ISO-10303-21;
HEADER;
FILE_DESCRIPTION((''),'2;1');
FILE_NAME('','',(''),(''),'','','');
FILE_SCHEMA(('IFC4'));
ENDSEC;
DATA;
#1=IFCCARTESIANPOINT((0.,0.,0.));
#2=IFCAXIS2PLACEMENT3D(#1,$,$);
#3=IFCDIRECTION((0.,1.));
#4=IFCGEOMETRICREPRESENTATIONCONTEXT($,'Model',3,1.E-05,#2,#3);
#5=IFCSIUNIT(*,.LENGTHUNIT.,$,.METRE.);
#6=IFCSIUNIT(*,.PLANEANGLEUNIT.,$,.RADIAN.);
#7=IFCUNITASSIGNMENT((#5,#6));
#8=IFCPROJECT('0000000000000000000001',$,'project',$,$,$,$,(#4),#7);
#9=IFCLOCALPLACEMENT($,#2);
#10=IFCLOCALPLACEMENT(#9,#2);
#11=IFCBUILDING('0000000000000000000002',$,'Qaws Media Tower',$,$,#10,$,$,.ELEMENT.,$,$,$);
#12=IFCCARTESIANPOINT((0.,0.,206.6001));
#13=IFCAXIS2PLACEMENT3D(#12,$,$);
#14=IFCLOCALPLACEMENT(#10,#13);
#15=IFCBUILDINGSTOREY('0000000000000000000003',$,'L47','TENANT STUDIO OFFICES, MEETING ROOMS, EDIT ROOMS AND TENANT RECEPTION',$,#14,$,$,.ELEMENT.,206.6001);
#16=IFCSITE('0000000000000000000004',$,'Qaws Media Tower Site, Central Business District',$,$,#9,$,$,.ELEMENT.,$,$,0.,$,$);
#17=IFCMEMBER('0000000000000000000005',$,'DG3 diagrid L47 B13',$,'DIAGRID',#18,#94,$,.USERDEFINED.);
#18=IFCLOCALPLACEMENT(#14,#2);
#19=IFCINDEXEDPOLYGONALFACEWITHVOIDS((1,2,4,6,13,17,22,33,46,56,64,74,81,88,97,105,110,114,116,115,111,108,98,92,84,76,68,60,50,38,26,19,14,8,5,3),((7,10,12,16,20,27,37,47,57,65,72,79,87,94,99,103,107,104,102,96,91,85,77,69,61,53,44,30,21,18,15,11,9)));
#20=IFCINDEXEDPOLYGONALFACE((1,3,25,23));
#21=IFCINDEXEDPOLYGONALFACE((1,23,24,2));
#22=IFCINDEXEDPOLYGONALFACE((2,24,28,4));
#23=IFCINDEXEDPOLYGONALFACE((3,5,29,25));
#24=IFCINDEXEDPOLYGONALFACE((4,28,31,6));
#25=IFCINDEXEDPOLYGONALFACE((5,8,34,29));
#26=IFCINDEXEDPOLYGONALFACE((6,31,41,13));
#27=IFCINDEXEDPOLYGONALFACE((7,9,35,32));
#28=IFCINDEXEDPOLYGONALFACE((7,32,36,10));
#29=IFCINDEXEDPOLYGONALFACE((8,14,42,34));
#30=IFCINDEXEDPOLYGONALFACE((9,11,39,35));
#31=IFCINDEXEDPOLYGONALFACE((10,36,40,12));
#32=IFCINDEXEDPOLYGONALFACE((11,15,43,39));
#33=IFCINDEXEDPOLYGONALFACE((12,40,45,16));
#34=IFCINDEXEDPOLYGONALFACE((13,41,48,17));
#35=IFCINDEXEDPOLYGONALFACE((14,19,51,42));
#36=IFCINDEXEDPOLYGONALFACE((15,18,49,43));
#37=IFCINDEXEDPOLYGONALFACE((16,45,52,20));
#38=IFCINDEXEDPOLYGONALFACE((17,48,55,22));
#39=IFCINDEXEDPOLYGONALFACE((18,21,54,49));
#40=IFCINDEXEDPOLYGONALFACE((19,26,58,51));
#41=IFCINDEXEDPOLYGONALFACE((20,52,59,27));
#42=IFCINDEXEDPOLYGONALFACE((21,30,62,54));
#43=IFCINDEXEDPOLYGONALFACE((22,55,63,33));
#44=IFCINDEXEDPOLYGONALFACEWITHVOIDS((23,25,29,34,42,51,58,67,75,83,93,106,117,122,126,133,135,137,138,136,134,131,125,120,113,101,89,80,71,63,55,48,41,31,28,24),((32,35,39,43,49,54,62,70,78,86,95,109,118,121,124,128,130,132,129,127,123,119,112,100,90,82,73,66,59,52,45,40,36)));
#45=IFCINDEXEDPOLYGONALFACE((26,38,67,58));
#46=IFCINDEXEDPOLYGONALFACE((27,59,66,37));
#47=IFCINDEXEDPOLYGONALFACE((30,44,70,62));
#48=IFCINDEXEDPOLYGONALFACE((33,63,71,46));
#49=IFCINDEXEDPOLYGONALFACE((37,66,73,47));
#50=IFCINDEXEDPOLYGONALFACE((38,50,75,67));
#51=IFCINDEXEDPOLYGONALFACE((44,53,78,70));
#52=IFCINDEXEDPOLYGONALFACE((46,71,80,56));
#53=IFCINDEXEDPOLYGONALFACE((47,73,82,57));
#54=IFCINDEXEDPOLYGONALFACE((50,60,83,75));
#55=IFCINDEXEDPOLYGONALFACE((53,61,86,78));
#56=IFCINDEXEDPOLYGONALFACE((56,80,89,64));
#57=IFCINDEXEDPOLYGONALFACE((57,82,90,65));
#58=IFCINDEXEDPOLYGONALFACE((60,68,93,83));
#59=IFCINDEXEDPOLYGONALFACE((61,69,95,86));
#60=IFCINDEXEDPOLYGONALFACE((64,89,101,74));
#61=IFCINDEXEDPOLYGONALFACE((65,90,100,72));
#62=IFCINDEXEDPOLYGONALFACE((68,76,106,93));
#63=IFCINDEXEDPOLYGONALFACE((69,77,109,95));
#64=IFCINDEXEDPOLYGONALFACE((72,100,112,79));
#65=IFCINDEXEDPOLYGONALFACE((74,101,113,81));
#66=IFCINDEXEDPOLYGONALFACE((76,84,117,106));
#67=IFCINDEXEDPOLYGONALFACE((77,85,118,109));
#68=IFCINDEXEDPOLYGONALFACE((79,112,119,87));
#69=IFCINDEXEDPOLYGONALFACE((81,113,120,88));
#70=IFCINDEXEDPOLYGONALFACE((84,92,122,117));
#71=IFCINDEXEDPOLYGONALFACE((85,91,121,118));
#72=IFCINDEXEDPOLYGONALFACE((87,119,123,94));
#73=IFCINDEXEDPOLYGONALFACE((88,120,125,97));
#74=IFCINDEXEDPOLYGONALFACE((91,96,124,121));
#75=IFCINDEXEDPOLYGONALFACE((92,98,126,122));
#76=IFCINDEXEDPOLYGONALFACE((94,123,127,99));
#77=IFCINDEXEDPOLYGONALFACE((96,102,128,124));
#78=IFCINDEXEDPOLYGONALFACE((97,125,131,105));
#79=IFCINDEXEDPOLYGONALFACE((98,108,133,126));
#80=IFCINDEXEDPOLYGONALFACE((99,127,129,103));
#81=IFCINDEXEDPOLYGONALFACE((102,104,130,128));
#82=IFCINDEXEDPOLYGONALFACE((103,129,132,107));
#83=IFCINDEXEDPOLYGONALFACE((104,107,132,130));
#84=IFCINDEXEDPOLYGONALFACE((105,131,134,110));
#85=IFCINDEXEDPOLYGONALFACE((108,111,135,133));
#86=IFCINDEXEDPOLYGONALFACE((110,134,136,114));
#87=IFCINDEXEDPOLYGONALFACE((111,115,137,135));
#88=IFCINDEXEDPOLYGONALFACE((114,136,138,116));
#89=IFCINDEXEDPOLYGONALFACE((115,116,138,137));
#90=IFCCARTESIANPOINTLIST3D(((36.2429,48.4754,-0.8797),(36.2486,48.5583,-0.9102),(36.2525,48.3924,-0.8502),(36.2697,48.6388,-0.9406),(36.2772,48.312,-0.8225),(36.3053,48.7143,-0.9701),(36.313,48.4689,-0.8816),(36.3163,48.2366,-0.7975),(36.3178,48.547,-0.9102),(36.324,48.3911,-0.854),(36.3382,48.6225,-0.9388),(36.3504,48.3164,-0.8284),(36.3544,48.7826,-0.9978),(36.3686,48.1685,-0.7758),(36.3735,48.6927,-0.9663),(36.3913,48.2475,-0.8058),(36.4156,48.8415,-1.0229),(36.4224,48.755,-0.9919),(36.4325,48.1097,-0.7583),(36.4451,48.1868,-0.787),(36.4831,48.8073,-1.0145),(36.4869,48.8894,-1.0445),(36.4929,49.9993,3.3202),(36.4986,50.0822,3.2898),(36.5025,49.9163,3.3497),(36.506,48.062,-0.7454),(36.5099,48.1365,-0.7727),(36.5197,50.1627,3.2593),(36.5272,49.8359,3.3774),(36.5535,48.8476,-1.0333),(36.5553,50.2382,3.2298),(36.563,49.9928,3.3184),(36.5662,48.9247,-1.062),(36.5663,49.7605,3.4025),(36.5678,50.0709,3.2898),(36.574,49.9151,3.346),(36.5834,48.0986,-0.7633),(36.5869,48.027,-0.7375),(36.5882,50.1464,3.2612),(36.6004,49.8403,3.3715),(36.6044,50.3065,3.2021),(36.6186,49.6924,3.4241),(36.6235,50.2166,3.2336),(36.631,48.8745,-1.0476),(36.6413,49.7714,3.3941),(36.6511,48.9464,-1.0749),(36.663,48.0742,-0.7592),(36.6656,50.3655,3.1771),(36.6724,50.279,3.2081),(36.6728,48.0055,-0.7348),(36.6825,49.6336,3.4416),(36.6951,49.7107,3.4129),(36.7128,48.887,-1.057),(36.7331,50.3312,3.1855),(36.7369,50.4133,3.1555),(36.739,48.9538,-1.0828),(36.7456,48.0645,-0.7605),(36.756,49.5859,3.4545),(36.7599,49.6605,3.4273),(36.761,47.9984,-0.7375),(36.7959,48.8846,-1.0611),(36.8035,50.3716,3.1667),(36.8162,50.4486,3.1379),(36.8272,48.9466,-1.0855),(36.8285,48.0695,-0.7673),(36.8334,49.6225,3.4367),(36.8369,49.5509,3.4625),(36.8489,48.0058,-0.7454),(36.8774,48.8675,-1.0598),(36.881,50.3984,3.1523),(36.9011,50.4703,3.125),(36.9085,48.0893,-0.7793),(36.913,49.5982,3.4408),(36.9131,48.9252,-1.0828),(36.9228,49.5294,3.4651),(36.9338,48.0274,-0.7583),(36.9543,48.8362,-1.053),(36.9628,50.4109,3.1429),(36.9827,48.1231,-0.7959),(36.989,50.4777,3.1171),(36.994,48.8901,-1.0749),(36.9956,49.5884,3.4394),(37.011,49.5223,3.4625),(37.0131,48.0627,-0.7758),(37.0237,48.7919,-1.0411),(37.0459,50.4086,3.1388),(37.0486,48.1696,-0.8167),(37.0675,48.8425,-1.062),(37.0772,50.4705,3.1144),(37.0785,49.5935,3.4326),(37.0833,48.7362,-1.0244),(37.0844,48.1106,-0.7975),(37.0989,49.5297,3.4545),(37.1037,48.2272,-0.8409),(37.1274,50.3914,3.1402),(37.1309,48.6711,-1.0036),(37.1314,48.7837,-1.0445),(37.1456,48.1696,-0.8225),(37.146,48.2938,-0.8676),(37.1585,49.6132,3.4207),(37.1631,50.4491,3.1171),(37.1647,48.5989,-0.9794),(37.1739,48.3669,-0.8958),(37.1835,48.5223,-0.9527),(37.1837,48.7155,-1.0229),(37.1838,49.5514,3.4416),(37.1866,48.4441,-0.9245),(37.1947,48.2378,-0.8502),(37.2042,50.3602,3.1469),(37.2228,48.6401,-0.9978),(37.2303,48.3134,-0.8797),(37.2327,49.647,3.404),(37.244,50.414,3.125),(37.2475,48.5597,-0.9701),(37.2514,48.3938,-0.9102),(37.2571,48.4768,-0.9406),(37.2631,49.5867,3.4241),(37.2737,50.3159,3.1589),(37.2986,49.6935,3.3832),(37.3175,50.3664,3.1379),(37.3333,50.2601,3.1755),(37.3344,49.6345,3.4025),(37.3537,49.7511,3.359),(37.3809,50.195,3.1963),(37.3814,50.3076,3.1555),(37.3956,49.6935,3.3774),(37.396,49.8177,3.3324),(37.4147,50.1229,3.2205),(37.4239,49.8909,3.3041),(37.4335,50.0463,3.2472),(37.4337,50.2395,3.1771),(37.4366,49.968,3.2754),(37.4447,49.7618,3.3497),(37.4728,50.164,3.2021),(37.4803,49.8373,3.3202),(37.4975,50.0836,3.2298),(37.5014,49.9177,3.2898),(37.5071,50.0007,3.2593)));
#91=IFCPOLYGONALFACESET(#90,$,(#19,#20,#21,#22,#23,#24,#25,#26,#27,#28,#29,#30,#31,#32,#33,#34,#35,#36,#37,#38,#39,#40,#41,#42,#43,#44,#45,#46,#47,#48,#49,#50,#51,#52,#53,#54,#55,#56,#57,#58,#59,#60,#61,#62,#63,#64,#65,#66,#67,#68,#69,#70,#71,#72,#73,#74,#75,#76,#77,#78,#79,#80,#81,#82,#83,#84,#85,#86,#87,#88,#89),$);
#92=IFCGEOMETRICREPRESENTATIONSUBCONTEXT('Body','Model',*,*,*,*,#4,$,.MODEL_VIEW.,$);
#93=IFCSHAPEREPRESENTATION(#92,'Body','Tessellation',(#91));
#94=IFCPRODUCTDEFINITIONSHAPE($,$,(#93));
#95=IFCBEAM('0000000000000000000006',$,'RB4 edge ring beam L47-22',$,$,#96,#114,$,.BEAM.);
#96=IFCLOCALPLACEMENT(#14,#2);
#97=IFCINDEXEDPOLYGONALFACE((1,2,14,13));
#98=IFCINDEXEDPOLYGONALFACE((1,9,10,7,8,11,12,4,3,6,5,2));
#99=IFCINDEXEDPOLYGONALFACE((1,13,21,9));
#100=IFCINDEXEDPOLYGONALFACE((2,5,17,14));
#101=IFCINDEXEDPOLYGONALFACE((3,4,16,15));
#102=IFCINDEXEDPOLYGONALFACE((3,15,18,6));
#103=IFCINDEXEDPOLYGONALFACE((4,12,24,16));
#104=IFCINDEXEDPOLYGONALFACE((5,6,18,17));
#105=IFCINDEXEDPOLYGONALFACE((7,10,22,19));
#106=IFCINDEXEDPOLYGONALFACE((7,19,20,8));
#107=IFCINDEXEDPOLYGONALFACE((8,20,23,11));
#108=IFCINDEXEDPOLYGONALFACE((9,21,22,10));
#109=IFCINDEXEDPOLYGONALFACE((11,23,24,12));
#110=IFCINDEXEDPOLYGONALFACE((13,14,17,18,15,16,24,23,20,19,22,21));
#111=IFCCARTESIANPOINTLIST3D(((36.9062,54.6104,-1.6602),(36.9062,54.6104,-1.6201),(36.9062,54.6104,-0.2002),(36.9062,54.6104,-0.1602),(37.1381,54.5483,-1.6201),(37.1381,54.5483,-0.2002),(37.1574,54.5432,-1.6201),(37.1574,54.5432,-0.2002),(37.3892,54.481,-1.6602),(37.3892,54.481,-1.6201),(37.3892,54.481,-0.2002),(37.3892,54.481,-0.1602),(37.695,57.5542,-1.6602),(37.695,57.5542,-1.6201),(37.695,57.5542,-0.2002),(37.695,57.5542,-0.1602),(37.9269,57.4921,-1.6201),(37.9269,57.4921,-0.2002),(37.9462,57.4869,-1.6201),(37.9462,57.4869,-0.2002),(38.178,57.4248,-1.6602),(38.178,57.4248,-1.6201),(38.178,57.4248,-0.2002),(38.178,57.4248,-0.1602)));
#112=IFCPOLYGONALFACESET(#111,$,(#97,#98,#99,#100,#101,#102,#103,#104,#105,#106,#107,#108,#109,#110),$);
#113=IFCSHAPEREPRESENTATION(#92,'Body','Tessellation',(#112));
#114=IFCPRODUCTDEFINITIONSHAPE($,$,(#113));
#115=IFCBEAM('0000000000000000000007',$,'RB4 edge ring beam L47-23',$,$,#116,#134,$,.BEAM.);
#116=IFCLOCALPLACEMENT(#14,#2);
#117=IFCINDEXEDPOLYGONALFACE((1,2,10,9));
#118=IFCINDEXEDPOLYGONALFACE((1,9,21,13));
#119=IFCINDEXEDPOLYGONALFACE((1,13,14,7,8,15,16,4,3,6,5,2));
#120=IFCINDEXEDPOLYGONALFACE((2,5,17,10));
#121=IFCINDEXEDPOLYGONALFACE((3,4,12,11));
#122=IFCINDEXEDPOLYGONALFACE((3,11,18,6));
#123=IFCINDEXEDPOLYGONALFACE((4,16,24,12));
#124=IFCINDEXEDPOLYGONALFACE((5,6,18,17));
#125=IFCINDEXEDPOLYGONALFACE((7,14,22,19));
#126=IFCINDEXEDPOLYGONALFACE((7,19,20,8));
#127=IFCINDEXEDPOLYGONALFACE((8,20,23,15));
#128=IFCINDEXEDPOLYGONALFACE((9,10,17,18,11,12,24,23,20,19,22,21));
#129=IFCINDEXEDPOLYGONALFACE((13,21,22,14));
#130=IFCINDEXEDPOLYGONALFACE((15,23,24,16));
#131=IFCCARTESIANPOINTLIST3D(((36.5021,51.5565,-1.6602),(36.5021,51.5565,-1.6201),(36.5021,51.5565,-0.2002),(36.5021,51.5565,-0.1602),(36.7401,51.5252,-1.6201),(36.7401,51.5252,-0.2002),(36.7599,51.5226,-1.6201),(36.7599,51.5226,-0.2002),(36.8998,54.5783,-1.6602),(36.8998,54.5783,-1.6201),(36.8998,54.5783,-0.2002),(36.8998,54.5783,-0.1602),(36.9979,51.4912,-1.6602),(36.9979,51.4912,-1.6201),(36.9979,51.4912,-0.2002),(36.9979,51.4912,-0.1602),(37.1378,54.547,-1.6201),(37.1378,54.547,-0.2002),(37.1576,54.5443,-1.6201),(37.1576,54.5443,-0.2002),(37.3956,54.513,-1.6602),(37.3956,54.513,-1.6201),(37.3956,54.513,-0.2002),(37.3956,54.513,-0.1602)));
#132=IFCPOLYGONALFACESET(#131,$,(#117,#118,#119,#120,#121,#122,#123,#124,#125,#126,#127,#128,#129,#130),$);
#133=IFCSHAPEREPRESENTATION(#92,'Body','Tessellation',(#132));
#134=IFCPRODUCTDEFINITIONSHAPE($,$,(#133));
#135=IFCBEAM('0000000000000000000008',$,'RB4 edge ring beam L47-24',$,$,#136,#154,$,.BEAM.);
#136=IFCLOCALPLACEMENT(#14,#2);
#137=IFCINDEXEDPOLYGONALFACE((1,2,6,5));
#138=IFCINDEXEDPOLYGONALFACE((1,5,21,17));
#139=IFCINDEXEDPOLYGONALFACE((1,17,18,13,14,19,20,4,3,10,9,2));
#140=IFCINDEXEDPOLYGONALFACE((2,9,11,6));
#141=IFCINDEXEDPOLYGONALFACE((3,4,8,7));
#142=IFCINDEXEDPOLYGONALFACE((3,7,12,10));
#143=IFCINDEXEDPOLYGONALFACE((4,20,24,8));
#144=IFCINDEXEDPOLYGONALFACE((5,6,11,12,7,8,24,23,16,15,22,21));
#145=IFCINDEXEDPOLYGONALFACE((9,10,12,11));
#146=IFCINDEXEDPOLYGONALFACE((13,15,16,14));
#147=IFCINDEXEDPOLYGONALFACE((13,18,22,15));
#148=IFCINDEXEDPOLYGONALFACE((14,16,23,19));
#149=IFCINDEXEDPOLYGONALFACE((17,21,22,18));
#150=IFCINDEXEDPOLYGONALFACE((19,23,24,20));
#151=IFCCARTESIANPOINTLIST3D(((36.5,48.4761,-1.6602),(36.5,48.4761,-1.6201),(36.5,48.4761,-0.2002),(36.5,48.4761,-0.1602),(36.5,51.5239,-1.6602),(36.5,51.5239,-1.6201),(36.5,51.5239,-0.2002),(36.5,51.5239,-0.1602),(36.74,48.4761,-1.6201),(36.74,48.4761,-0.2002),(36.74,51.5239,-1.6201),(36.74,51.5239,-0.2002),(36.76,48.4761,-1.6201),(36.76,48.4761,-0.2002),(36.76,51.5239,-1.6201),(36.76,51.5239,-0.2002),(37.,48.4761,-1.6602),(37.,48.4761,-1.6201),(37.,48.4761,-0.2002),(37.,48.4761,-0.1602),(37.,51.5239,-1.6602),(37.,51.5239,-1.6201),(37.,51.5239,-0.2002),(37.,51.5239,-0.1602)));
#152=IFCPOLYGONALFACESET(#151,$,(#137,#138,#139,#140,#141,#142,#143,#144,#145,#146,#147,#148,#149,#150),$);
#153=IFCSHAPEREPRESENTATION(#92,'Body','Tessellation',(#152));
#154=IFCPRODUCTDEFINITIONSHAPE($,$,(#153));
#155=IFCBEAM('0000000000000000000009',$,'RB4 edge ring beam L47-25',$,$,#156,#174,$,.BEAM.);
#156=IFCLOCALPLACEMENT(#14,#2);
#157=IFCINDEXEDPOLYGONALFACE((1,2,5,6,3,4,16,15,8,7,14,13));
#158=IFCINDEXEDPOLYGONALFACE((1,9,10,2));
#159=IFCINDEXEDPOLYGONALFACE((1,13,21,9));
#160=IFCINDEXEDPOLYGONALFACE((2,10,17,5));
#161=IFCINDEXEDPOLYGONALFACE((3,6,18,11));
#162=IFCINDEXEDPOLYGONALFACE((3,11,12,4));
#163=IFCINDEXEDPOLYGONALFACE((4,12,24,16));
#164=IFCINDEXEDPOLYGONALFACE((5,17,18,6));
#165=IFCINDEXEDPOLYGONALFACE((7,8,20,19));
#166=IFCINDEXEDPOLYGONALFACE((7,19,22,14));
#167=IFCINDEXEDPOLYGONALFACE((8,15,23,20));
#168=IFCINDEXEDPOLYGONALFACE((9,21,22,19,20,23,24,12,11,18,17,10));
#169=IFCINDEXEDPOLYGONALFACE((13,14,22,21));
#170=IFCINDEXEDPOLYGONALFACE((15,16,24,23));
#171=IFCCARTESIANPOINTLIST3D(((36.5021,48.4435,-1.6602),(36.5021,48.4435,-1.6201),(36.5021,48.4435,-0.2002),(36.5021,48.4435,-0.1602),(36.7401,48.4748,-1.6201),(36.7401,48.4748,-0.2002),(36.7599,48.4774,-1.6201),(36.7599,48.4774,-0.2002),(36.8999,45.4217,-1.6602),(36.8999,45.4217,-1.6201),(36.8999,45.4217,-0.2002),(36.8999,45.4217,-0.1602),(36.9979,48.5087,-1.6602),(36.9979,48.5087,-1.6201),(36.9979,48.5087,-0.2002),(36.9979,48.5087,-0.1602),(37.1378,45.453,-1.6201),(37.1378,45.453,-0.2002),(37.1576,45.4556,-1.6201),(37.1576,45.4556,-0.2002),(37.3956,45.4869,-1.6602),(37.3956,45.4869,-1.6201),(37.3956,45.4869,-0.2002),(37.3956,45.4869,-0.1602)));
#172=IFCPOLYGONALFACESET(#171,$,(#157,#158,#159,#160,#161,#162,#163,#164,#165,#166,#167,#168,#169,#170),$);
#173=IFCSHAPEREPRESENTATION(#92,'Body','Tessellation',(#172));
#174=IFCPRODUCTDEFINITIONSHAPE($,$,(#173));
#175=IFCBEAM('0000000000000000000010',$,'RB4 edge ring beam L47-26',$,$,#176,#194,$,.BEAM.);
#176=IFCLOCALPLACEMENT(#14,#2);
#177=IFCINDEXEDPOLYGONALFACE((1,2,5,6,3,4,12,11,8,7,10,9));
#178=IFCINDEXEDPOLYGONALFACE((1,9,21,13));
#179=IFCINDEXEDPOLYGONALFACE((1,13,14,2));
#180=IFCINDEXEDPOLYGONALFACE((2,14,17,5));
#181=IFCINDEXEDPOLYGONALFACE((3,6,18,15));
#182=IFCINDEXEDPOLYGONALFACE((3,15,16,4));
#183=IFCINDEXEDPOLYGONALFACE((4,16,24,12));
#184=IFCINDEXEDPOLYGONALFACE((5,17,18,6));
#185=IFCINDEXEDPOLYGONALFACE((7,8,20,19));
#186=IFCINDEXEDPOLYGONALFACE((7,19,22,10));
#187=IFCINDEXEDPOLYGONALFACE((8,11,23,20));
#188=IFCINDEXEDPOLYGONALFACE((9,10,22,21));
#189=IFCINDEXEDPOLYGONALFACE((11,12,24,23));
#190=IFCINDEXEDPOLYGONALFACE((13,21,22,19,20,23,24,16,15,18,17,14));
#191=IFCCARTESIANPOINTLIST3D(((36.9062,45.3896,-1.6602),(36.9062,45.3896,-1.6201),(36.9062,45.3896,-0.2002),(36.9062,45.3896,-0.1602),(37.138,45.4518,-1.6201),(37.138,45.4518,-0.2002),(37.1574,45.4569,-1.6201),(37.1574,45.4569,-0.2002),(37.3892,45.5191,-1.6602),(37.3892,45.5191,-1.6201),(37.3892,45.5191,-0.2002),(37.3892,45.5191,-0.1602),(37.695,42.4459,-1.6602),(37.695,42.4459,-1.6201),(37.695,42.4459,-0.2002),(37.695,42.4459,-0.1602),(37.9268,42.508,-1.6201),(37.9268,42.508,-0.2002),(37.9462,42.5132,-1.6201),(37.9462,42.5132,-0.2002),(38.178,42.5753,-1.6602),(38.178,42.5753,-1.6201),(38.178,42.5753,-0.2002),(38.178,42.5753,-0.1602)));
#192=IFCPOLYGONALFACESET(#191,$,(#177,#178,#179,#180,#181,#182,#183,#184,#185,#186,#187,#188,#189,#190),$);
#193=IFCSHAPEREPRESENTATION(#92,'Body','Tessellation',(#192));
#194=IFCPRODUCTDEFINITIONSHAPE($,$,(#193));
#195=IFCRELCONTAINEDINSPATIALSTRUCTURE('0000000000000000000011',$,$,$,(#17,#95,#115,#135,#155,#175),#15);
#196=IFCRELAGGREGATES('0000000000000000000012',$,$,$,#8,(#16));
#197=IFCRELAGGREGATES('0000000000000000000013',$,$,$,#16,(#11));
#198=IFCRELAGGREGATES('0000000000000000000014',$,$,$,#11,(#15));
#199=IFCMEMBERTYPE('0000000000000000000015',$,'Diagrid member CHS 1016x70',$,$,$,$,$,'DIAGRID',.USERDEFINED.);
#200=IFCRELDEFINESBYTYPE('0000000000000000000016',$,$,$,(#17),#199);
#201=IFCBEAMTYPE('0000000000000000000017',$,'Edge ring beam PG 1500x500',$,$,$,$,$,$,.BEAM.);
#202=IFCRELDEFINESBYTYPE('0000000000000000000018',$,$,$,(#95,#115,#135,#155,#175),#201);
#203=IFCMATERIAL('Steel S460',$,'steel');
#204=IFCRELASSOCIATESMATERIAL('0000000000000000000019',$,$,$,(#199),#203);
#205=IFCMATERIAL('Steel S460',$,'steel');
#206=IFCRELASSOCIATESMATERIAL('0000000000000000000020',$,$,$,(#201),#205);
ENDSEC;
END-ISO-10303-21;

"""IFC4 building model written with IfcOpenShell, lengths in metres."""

from ifc_helpers import new_model, si_unit, direction, frame, origin, origin_2d, place, context, subcontext, project, spatial, hollow_circle, i_section, extrude, material, material_profile, profile_set, type_object, element, save


model = new_model("IFC4")

# Units and contexts
model_context = context("Model", 3, precision=1e-05, world=origin(), true_north=direction((0.0, 1.0)))
body_context = subcontext(model_context, "Body", "Model", "MODEL_VIEW")
ifc_project = project(units=[si_unit("LENGTHUNIT", "METRE"), si_unit("PLANEANGLEUNIT", "RADIAN")], contexts=[model_context])

# Site, building, storey
site_placement = place(None, origin())
site = spatial("IfcSite", under=ifc_project, at=site_placement, Name="Qaws Media Tower Site, Central Business District", CompositionType="ELEMENT", RefElevation=0.0)
building_placement = place(site_placement, origin())
building = spatial("IfcBuilding", under=site, at=building_placement, Name="Qaws Media Tower", CompositionType="ELEMENT")
storey_placement = place(building_placement, frame((0.0, 0.0, 206.6001)))
storey = spatial("IfcBuildingStorey", under=building, at=storey_placement, Name="L47", Description="TENANT STUDIO OFFICES, MEETING ROOMS, EDIT ROOMS AND TENANT RECEPTION", CompositionType="ELEMENT", Elevation=206.6001)

# Member
ifc_material_1 = material(Name="Steel S460", Category="steel")
ifc_material_profile_1 = material_profile(ifc_material_1, hollow_circle(Radius=0.5081, WallThickness=0.0701, at=origin_2d()), Name="CHS 1016x70")
ifc_profile_set_1 = profile_set([ifc_material_profile_1], Name="Steel S460")
member_type_1 = type_object("IfcMemberType", Name="Diagrid member CHS 1016x70", ElementType="DIAGRID", PredefinedType="USERDEFINED", material=ifc_profile_set_1)
for number, where, z_axis, x_axis, name in (
    (1, (36.75, 48.4761, -0.9102), (0.055868, 0.340552, 0.938564), (-0.986809, 0.161886, 0.0), "DG3 diagrid L47 B13"),
):
    element("IfcMember", number, at=place(storey_placement, frame(where, z_axis=z_axis, x_axis=x_axis)), inside=storey, type_object=member_type_1, Name=name, ObjectType="DIAGRID", PredefinedType="USERDEFINED", context=body_context, shape_type="SweptSolid", body=[
        extrude(hollow_circle(Radius=0.5081, WallThickness=0.0701, at=origin_2d()), origin(), (0.0, 0.0, 1.0), 4.4749),
    ])

# Beams
ifc_material_2 = material(Name="Steel S460", Category="steel")
ifc_material_profile_2 = material_profile(ifc_material_2, i_section(OverallWidth=0.5, OverallDepth=1.5, WebThickness=0.02, FlangeThickness=0.04, at=origin_2d()), Name="PG 1500x500")
ifc_profile_set_2 = profile_set([ifc_material_profile_2], Name="Steel S460")
beam_type = type_object("IfcBeamType", Name="Edge ring beam PG 1500x500", PredefinedType="BEAM", material=ifc_profile_set_2)
beam_1_placement = place(storey_placement, frame((37.9365, 57.4895, -0.9102), z_axis=(-0.258824, -0.965924, 0.0), x_axis=(0.965924, -0.258824, 0.0)))
element("IfcBeam", 2, at=beam_1_placement, inside=storey, type_object=beam_type, Name="RB4 edge ring beam L47-22", PredefinedType="BEAM", context=body_context, shape_type="SweptSolid", body=[
    extrude(i_section(OverallWidth=0.5, OverallDepth=1.5, WebThickness=0.02, FlangeThickness=0.04, at=origin_2d()), origin(), (0.0, 0.0, 1.0), 3.0476),
])
for number, where, z_axis, x_axis, name in (
    (3, (37.1477, 54.5457, -0.9102), (-0.13049, -0.99145, 0.0), (0.99145, -0.13049, 0.0), "RB4 edge ring beam L47-23"),
    (4, (36.75, 51.5239, -0.9102), (0.0, -1.0, 0.0), (1.0, 0.0, 0.0), "RB4 edge ring beam L47-24"),
    (5, (36.75, 48.4761, -0.9102), (0.13049, -0.99145, 0.0), (0.99145, 0.13049, 0.0), "RB4 edge ring beam L47-25"),
):
    element("IfcBeam", number, at=place(storey_placement, frame(where, z_axis=z_axis, x_axis=x_axis)), inside=storey, type_object=beam_type, Name=name, PredefinedType="BEAM", context=body_context, shape_type="SweptSolid", body=[
        extrude(i_section(OverallWidth=0.5, OverallDepth=1.5, WebThickness=0.02, FlangeThickness=0.04, at=origin_2d()), origin(), (0.0, 0.0, 1.0), 3.0479),
    ])
beam_2_placement = place(storey_placement, frame((37.1477, 45.4543, -0.9102), z_axis=(0.258824, -0.965924, 0.0), x_axis=(0.965924, 0.258824, 0.0)))
element("IfcBeam", 6, at=beam_2_placement, inside=storey, type_object=beam_type, Name="RB4 edge ring beam L47-26", PredefinedType="BEAM", context=body_context, shape_type="SweptSolid", body=[
    extrude(i_section(OverallWidth=0.5, OverallDepth=1.5, WebThickness=0.02, FlangeThickness=0.04, at=origin_2d()), origin(), (0.0, 0.0, 1.0), 3.0476),
])

save(model, "model.ifc")
